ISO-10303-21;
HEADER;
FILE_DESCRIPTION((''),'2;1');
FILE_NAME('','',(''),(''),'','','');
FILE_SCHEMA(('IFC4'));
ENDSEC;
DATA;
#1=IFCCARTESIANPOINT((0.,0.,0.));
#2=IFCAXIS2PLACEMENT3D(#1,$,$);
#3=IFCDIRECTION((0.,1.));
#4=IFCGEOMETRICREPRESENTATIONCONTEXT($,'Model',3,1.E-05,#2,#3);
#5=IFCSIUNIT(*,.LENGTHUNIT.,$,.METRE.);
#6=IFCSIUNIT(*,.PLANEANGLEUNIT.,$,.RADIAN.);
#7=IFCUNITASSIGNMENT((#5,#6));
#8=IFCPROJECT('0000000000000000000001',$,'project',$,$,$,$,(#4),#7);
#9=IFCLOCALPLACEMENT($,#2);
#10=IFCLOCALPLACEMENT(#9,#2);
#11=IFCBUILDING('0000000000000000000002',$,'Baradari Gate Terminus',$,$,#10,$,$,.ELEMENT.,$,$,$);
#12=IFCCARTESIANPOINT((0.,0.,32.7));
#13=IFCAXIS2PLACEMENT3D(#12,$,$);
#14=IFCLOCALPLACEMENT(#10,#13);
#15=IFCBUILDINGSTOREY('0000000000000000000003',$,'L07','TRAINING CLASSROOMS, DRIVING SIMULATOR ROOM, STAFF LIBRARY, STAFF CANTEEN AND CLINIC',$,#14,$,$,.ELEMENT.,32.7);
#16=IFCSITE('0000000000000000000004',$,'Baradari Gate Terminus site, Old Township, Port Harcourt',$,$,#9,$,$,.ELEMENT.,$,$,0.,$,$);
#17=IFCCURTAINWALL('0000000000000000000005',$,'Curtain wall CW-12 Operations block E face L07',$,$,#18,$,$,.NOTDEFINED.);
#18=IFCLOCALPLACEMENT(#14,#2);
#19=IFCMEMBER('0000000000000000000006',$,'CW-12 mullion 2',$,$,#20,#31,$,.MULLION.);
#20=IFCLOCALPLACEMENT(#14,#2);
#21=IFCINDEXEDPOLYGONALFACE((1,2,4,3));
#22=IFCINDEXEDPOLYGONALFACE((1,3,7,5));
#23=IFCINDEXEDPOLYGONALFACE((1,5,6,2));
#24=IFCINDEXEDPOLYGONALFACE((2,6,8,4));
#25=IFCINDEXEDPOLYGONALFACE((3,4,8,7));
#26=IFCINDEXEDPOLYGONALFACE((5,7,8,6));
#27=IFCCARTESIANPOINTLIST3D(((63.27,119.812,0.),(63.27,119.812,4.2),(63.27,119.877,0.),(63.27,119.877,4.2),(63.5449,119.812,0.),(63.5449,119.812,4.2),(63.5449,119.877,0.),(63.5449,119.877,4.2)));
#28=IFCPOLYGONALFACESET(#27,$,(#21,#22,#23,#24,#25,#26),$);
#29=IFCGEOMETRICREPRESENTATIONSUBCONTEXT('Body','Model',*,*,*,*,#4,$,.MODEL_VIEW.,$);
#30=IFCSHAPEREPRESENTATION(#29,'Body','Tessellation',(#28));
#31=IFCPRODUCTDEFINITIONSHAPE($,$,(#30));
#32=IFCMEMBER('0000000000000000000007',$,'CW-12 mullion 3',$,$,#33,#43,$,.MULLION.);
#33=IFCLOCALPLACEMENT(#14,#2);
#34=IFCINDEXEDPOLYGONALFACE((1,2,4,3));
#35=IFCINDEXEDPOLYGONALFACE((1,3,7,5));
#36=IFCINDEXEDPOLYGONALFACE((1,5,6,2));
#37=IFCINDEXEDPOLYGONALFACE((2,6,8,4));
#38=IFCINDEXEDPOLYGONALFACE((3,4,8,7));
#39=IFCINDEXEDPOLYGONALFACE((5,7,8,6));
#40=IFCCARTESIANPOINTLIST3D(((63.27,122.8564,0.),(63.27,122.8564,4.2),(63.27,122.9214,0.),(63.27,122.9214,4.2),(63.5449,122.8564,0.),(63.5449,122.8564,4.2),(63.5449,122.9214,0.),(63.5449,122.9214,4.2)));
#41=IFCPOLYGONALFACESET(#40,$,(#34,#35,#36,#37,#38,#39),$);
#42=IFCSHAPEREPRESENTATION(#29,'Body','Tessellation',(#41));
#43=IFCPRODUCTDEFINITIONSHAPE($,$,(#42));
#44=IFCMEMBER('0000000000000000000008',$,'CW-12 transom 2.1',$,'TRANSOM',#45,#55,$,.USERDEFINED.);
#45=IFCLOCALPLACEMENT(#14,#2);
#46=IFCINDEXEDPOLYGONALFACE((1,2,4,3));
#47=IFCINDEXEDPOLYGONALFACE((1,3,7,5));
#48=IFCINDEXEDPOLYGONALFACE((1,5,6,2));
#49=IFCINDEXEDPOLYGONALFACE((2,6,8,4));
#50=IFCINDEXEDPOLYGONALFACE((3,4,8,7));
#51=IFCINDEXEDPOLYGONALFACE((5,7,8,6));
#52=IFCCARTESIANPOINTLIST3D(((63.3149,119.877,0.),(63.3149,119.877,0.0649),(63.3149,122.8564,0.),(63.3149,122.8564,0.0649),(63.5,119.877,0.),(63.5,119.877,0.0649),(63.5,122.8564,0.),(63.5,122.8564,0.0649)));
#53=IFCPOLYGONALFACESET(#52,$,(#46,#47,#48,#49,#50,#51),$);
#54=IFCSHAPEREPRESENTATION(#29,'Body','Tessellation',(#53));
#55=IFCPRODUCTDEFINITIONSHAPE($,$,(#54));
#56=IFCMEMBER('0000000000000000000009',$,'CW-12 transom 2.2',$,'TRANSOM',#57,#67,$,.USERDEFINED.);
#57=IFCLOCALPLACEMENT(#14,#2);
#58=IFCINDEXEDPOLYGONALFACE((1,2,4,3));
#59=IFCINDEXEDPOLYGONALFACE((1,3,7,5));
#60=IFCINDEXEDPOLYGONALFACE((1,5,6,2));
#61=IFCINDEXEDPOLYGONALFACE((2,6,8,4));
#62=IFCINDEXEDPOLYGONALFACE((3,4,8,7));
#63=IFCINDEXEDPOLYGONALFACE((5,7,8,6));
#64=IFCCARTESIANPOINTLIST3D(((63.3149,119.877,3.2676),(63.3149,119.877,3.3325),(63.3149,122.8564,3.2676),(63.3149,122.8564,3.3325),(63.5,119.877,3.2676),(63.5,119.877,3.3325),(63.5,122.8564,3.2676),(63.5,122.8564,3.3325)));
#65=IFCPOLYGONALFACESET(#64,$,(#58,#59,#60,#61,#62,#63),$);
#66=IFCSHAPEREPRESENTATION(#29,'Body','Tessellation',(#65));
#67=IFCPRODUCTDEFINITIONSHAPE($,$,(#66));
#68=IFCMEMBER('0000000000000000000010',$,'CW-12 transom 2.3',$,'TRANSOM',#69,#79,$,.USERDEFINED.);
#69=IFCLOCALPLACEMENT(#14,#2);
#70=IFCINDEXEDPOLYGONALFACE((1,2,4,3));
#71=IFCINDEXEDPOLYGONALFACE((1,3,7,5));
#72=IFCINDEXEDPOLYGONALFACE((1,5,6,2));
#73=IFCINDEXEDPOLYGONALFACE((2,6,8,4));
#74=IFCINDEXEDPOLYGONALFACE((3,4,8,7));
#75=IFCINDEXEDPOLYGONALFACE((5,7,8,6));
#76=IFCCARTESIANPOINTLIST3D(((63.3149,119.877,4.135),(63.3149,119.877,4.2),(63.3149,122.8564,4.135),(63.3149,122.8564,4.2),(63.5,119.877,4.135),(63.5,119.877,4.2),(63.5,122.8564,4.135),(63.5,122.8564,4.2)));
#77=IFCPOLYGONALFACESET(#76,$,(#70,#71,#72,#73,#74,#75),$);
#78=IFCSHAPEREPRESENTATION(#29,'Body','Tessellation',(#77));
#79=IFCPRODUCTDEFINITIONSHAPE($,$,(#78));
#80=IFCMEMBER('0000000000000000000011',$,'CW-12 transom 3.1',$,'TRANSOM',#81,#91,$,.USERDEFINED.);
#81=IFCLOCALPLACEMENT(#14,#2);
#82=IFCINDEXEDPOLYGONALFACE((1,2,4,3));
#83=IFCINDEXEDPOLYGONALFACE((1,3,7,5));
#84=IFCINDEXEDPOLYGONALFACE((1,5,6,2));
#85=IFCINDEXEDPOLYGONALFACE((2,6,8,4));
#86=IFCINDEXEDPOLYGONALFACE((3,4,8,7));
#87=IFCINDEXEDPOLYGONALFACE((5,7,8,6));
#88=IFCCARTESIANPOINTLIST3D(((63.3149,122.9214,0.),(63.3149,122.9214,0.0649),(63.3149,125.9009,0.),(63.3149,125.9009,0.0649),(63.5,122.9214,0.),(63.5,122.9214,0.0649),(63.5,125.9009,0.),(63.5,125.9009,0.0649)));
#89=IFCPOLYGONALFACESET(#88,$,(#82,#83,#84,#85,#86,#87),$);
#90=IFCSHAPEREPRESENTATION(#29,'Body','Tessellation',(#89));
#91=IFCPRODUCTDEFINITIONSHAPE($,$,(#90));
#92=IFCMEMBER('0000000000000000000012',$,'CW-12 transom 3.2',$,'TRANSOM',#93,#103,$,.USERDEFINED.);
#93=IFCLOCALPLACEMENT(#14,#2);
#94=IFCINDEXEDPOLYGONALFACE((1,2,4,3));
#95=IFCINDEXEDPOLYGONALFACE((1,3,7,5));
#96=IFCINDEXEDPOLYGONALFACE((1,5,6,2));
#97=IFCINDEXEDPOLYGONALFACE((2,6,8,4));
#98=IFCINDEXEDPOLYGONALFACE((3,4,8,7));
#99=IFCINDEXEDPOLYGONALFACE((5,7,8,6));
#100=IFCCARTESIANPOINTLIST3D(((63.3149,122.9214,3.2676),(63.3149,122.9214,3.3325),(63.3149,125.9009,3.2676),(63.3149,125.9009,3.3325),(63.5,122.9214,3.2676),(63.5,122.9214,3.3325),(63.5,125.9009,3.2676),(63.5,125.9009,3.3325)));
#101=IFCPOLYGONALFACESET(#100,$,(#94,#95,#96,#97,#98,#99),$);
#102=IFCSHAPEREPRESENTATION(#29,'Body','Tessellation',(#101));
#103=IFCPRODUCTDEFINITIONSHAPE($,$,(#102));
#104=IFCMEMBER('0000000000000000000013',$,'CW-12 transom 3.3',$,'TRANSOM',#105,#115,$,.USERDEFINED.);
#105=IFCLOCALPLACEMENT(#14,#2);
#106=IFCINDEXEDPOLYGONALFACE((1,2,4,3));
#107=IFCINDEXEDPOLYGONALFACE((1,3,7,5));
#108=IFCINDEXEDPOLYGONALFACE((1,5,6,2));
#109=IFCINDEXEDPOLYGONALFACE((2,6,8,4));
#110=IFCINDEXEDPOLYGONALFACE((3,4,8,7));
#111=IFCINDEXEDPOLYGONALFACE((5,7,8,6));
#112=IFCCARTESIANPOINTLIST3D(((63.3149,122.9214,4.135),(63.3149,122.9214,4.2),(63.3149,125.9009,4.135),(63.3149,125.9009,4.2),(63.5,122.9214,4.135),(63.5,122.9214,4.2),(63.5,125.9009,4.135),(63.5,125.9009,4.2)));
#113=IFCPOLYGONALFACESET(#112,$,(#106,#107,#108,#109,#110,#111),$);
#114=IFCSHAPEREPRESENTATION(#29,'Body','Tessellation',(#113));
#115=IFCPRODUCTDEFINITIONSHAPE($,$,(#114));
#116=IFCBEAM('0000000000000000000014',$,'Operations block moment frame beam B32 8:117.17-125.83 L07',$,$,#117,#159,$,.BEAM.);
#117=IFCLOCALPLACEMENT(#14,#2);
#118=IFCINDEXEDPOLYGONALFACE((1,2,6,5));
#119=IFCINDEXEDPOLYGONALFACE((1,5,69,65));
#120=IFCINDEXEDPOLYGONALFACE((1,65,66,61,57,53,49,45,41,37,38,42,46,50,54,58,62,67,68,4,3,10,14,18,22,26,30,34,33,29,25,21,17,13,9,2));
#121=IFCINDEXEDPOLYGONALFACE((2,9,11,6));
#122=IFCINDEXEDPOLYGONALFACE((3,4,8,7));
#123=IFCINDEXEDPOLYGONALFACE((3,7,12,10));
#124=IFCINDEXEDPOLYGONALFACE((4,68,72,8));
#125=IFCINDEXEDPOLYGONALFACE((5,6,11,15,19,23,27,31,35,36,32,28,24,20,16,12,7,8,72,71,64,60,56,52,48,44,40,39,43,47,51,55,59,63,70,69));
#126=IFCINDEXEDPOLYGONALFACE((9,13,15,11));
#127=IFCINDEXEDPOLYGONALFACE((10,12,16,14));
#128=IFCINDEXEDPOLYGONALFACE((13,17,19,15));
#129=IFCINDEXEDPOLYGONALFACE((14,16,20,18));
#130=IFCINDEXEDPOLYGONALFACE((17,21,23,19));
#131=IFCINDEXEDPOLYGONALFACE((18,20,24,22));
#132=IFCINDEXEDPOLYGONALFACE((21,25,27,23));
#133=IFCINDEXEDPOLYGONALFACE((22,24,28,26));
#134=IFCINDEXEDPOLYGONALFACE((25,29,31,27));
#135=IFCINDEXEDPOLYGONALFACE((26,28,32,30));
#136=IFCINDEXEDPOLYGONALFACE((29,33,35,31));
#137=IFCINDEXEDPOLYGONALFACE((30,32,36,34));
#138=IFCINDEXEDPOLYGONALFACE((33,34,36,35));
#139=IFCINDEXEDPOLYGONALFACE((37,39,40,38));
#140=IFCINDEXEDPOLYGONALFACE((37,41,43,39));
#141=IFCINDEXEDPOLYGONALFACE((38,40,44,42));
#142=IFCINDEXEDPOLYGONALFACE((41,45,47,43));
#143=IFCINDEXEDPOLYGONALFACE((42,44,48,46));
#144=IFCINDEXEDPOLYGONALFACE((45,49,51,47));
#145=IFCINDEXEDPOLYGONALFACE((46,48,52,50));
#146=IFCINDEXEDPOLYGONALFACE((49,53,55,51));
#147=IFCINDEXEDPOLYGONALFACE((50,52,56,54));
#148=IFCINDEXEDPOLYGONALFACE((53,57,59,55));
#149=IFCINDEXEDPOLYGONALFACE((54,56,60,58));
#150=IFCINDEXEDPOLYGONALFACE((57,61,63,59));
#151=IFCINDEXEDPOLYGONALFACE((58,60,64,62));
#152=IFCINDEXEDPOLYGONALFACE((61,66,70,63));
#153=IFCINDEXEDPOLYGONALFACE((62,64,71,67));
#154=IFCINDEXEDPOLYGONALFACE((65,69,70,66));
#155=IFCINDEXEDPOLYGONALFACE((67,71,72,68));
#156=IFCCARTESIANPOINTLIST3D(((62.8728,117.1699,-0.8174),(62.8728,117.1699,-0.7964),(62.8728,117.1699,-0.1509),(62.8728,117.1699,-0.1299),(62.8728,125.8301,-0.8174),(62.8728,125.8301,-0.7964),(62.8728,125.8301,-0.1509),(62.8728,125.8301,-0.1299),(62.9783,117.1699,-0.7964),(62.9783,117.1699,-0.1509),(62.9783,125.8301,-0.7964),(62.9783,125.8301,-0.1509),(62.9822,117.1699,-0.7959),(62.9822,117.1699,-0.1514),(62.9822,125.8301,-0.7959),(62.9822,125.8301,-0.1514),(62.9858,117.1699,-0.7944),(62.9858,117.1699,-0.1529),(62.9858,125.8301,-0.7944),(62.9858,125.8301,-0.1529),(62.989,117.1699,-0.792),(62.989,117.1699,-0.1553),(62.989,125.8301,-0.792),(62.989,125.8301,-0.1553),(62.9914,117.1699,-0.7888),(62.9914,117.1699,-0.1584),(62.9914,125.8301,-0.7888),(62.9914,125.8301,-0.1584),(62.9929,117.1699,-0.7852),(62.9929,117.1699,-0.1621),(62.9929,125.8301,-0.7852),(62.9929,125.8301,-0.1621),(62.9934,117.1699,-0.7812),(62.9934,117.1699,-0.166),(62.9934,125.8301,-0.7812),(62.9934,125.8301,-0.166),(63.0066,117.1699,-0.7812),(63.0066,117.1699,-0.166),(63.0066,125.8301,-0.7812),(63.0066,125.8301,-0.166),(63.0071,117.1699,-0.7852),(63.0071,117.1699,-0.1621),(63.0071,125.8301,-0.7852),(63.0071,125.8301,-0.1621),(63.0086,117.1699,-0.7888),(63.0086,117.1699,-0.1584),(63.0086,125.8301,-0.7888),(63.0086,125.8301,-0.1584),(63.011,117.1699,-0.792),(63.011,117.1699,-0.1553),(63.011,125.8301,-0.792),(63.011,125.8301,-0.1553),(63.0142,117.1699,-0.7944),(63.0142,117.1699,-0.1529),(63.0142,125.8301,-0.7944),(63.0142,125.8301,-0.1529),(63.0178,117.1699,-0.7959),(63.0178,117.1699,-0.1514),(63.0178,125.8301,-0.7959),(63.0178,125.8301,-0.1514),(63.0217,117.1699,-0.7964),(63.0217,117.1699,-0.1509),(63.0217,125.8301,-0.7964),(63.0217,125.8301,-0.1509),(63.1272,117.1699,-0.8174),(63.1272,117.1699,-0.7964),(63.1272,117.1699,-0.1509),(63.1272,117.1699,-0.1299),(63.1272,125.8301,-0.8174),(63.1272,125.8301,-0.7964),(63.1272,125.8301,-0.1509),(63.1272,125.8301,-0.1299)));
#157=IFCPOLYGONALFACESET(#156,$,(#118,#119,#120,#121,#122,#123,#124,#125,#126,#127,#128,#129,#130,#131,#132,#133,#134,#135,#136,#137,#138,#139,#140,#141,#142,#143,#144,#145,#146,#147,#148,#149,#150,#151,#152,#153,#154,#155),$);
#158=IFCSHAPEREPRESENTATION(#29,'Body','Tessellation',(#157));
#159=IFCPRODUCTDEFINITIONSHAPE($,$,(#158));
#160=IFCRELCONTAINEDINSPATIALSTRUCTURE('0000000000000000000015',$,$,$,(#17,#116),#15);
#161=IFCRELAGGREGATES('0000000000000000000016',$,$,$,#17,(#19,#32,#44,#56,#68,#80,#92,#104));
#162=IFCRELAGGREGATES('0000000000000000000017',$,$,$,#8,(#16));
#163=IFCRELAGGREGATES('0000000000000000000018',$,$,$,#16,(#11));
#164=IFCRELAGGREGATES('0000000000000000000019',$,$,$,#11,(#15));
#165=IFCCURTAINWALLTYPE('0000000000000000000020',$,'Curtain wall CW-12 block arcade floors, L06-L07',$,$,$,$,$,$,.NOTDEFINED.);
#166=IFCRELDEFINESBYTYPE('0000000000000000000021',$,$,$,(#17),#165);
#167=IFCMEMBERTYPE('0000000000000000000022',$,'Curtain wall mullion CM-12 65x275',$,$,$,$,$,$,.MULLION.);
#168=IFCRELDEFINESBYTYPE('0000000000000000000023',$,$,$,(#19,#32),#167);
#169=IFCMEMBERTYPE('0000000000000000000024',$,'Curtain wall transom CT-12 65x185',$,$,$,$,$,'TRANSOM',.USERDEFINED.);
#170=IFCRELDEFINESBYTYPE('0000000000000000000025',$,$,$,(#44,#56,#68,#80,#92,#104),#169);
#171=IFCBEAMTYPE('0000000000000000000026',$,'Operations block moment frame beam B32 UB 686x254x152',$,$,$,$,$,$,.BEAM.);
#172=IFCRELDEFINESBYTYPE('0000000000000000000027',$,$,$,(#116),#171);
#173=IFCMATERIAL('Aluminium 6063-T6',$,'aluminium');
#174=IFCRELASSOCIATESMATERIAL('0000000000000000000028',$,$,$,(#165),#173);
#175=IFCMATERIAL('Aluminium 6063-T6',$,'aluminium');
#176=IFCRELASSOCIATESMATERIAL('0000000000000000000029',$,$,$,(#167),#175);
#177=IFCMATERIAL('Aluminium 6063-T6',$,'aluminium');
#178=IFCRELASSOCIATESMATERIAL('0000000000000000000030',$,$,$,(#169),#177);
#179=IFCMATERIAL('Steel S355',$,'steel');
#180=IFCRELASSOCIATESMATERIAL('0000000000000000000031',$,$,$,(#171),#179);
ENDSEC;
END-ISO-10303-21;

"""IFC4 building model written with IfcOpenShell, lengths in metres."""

from ifc_helpers import new_model, si_unit, direction, frame, origin, origin_2d, place, context, subcontext, project, spatial, rectangle, i_section, extrude, material, material_profile, profile_set, type_object, element, aggregate, save


model = new_model("IFC4")

# Units and contexts
model_context = context("Model", 3, precision=1e-05, world=origin(), true_north=direction((0.0, 1.0)))
body_context = subcontext(model_context, "Body", "Model", "MODEL_VIEW")
ifc_project = project(units=[si_unit("LENGTHUNIT", "METRE"), si_unit("PLANEANGLEUNIT", "RADIAN")], contexts=[model_context])

# Site, building, storey
site_placement = place(None, origin())
site = spatial("IfcSite", under=ifc_project, at=site_placement, Name="Baradari Gate Terminus site, Old Township, Port Harcourt", CompositionType="ELEMENT", RefElevation=0.0)
building_placement = place(site_placement, origin())
building = spatial("IfcBuilding", under=site, at=building_placement, Name="Baradari Gate Terminus", CompositionType="ELEMENT")
storey_placement = place(building_placement, frame((0.0, 0.0, 32.7)))
storey = spatial("IfcBuildingStorey", under=building, at=storey_placement, Name="L07", Description="TRAINING CLASSROOMS, DRIVING SIMULATOR ROOM, STAFF LIBRARY, STAFF CANTEEN AND CLINIC", CompositionType="ELEMENT", Elevation=32.7)

# Curtain wall, members
ifc_material_1 = material(Name="Aluminium 6063-T6", Category="aluminium")
curtain_wall_type = type_object("IfcCurtainWallType", Name="Curtain wall CW-12 block arcade floors, L06-L07", PredefinedType="NOTDEFINED", material=ifc_material_1)
curtain_wall_placement = place(storey_placement, origin())
curtain_wall = element("IfcCurtainWall", 1, at=curtain_wall_placement, inside=storey, type_object=curtain_wall_type, Name="Curtain wall CW-12 Operations block E face L07", PredefinedType="NOTDEFINED")
ifc_material_2 = material(Name="Aluminium 6063-T6", Category="aluminium")
ifc_material_profile_1 = material_profile(ifc_material_2, rectangle(XDim=0.2749, YDim=0.0649, at=origin_2d()), Name="CM-12 65X275")
ifc_profile_set_1 = profile_set([ifc_material_profile_1], Name="Aluminium 6063-T6")
member_type_1 = type_object("IfcMemberType", Name="Curtain wall mullion CM-12 65x275", PredefinedType="MULLION", material=ifc_profile_set_1)
member_1_placement = place(storey_placement, frame((63.4075, 119.8445, 0.0), z_axis=(0.0, 0.0, 1.0), x_axis=(-1.0, 0.0, 0.0)))
member_1 = element("IfcMember", 2, at=member_1_placement, type_object=member_type_1, Name="CW-12 mullion 2", PredefinedType="MULLION", context=body_context, shape_type="SweptSolid", body=[
    extrude(rectangle(XDim=0.2749, YDim=0.0649, at=origin_2d()), origin(), (0.0, 0.0, 1.0), 4.2),
])
member_2_placement = place(storey_placement, frame((63.4075, 122.8889, 0.0), z_axis=(0.0, 0.0, 1.0), x_axis=(-1.0, 0.0, 0.0)))
member_2 = element("IfcMember", 3, at=member_2_placement, type_object=member_type_1, Name="CW-12 mullion 3", PredefinedType="MULLION", context=body_context, shape_type="SweptSolid", body=[
    extrude(rectangle(XDim=0.2749, YDim=0.0649, at=origin_2d()), origin(), (0.0, 0.0, 1.0), 4.2),
])
ifc_material_3 = material(Name="Aluminium 6063-T6", Category="aluminium")
ifc_material_profile_2 = material_profile(ifc_material_3, rectangle(XDim=0.1851, YDim=0.0649, at=origin_2d()), Name="CT-12 65X185")
ifc_profile_set_2 = profile_set([ifc_material_profile_2], Name="Aluminium 6063-T6")
member_type_2 = type_object("IfcMemberType", Name="Curtain wall transom CT-12 65x185", ElementType="TRANSOM", PredefinedType="USERDEFINED", material=ifc_profile_set_2)
member_3_placement = place(storey_placement, frame((63.4075, 119.877, 0.0325), z_axis=(0.0, 1.0, 0.0), x_axis=(-1.0, 0.0, 0.0)))
member_3 = element("IfcMember", 4, at=member_3_placement, type_object=member_type_2, Name="CW-12 transom 2.1", ObjectType="TRANSOM", PredefinedType="USERDEFINED", context=body_context, shape_type="SweptSolid", body=[
    extrude(rectangle(XDim=0.1851, YDim=0.0649, at=origin_2d()), origin(), (0.0, 0.0, 1.0), 2.9795),
])
member_4_placement = place(storey_placement, frame((63.4075, 119.877, 3.3), z_axis=(0.0, 1.0, 0.0), x_axis=(-1.0, 0.0, 0.0)))
member_4 = element("IfcMember", 5, at=member_4_placement, type_object=member_type_2, Name="CW-12 transom 2.2", ObjectType="TRANSOM", PredefinedType="USERDEFINED", context=body_context, shape_type="SweptSolid", body=[
    extrude(rectangle(XDim=0.1851, YDim=0.0649, at=origin_2d()), origin(), (0.0, 0.0, 1.0), 2.9795),
])
member_5_placement = place(storey_placement, frame((63.4075, 119.877, 4.1675), z_axis=(0.0, 1.0, 0.0), x_axis=(-1.0, 0.0, 0.0)))
member_5 = element("IfcMember", 6, at=member_5_placement, type_object=member_type_2, Name="CW-12 transom 2.3", ObjectType="TRANSOM", PredefinedType="USERDEFINED", context=body_context, shape_type="SweptSolid", body=[
    extrude(rectangle(XDim=0.1851, YDim=0.0649, at=origin_2d()), origin(), (0.0, 0.0, 1.0), 2.9795),
])
member_6_placement = place(storey_placement, frame((63.4075, 122.9214, 0.0325), z_axis=(0.0, 1.0, 0.0), x_axis=(-1.0, 0.0, 0.0)))
member_6 = element("IfcMember", 7, at=member_6_placement, type_object=member_type_2, Name="CW-12 transom 3.1", ObjectType="TRANSOM", PredefinedType="USERDEFINED", context=body_context, shape_type="SweptSolid", body=[
    extrude(rectangle(XDim=0.1851, YDim=0.0649, at=origin_2d()), origin(), (0.0, 0.0, 1.0), 2.9795),
])
member_7_placement = place(storey_placement, frame((63.4075, 122.9214, 3.3), z_axis=(0.0, 1.0, 0.0), x_axis=(-1.0, 0.0, 0.0)))
member_7 = element("IfcMember", 8, at=member_7_placement, type_object=member_type_2, Name="CW-12 transom 3.2", ObjectType="TRANSOM", PredefinedType="USERDEFINED", context=body_context, shape_type="SweptSolid", body=[
    extrude(rectangle(XDim=0.1851, YDim=0.0649, at=origin_2d()), origin(), (0.0, 0.0, 1.0), 2.9795),
])
member_8_placement = place(storey_placement, frame((63.4075, 122.9214, 4.1675), z_axis=(0.0, 1.0, 0.0), x_axis=(-1.0, 0.0, 0.0)))
member_8 = element("IfcMember", 9, at=member_8_placement, type_object=member_type_2, Name="CW-12 transom 3.3", ObjectType="TRANSOM", PredefinedType="USERDEFINED", context=body_context, shape_type="SweptSolid", body=[
    extrude(rectangle(XDim=0.1851, YDim=0.0649, at=origin_2d()), origin(), (0.0, 0.0, 1.0), 2.9795),
])

# Beam
ifc_material_4 = material(Name="Steel S355", Category="steel")
ifc_material_profile_3 = material_profile(ifc_material_4, i_section(OverallWidth=0.2544, OverallDepth=0.6875, WebThickness=0.0132, FlangeThickness=0.021, FilletRadius=0.0151, at=origin_2d()), Name="UB 686x254x152")
ifc_profile_set_3 = profile_set([ifc_material_profile_3], Name="Steel S355")
beam_type_1 = type_object("IfcBeamType", Name="Operations block moment frame beam B32 UB 686x254x152", PredefinedType="BEAM", material=ifc_profile_set_3)
beam_1_placement = place(storey_placement, frame((63.0, 117.1699, -0.4736), z_axis=(0.0, 1.0, 0.0), x_axis=(-1.0, 0.0, 0.0)))
element("IfcBeam", 10, at=beam_1_placement, inside=storey, type_object=beam_type_1, Name="Operations block moment frame beam B32 8:117.17-125.83 L07", PredefinedType="BEAM", context=body_context, shape_type="SweptSolid", body=[
    extrude(i_section(OverallWidth=0.2544, OverallDepth=0.6875, WebThickness=0.0132, FlangeThickness=0.021, FilletRadius=0.0151, at=origin_2d()), origin(), (0.0, 0.0, 1.0), 8.6602),
])

aggregate(curtain_wall, [member_1, member_2, member_3, member_4, member_5, member_6, member_7, member_8])

save(model, "model.ifc")
